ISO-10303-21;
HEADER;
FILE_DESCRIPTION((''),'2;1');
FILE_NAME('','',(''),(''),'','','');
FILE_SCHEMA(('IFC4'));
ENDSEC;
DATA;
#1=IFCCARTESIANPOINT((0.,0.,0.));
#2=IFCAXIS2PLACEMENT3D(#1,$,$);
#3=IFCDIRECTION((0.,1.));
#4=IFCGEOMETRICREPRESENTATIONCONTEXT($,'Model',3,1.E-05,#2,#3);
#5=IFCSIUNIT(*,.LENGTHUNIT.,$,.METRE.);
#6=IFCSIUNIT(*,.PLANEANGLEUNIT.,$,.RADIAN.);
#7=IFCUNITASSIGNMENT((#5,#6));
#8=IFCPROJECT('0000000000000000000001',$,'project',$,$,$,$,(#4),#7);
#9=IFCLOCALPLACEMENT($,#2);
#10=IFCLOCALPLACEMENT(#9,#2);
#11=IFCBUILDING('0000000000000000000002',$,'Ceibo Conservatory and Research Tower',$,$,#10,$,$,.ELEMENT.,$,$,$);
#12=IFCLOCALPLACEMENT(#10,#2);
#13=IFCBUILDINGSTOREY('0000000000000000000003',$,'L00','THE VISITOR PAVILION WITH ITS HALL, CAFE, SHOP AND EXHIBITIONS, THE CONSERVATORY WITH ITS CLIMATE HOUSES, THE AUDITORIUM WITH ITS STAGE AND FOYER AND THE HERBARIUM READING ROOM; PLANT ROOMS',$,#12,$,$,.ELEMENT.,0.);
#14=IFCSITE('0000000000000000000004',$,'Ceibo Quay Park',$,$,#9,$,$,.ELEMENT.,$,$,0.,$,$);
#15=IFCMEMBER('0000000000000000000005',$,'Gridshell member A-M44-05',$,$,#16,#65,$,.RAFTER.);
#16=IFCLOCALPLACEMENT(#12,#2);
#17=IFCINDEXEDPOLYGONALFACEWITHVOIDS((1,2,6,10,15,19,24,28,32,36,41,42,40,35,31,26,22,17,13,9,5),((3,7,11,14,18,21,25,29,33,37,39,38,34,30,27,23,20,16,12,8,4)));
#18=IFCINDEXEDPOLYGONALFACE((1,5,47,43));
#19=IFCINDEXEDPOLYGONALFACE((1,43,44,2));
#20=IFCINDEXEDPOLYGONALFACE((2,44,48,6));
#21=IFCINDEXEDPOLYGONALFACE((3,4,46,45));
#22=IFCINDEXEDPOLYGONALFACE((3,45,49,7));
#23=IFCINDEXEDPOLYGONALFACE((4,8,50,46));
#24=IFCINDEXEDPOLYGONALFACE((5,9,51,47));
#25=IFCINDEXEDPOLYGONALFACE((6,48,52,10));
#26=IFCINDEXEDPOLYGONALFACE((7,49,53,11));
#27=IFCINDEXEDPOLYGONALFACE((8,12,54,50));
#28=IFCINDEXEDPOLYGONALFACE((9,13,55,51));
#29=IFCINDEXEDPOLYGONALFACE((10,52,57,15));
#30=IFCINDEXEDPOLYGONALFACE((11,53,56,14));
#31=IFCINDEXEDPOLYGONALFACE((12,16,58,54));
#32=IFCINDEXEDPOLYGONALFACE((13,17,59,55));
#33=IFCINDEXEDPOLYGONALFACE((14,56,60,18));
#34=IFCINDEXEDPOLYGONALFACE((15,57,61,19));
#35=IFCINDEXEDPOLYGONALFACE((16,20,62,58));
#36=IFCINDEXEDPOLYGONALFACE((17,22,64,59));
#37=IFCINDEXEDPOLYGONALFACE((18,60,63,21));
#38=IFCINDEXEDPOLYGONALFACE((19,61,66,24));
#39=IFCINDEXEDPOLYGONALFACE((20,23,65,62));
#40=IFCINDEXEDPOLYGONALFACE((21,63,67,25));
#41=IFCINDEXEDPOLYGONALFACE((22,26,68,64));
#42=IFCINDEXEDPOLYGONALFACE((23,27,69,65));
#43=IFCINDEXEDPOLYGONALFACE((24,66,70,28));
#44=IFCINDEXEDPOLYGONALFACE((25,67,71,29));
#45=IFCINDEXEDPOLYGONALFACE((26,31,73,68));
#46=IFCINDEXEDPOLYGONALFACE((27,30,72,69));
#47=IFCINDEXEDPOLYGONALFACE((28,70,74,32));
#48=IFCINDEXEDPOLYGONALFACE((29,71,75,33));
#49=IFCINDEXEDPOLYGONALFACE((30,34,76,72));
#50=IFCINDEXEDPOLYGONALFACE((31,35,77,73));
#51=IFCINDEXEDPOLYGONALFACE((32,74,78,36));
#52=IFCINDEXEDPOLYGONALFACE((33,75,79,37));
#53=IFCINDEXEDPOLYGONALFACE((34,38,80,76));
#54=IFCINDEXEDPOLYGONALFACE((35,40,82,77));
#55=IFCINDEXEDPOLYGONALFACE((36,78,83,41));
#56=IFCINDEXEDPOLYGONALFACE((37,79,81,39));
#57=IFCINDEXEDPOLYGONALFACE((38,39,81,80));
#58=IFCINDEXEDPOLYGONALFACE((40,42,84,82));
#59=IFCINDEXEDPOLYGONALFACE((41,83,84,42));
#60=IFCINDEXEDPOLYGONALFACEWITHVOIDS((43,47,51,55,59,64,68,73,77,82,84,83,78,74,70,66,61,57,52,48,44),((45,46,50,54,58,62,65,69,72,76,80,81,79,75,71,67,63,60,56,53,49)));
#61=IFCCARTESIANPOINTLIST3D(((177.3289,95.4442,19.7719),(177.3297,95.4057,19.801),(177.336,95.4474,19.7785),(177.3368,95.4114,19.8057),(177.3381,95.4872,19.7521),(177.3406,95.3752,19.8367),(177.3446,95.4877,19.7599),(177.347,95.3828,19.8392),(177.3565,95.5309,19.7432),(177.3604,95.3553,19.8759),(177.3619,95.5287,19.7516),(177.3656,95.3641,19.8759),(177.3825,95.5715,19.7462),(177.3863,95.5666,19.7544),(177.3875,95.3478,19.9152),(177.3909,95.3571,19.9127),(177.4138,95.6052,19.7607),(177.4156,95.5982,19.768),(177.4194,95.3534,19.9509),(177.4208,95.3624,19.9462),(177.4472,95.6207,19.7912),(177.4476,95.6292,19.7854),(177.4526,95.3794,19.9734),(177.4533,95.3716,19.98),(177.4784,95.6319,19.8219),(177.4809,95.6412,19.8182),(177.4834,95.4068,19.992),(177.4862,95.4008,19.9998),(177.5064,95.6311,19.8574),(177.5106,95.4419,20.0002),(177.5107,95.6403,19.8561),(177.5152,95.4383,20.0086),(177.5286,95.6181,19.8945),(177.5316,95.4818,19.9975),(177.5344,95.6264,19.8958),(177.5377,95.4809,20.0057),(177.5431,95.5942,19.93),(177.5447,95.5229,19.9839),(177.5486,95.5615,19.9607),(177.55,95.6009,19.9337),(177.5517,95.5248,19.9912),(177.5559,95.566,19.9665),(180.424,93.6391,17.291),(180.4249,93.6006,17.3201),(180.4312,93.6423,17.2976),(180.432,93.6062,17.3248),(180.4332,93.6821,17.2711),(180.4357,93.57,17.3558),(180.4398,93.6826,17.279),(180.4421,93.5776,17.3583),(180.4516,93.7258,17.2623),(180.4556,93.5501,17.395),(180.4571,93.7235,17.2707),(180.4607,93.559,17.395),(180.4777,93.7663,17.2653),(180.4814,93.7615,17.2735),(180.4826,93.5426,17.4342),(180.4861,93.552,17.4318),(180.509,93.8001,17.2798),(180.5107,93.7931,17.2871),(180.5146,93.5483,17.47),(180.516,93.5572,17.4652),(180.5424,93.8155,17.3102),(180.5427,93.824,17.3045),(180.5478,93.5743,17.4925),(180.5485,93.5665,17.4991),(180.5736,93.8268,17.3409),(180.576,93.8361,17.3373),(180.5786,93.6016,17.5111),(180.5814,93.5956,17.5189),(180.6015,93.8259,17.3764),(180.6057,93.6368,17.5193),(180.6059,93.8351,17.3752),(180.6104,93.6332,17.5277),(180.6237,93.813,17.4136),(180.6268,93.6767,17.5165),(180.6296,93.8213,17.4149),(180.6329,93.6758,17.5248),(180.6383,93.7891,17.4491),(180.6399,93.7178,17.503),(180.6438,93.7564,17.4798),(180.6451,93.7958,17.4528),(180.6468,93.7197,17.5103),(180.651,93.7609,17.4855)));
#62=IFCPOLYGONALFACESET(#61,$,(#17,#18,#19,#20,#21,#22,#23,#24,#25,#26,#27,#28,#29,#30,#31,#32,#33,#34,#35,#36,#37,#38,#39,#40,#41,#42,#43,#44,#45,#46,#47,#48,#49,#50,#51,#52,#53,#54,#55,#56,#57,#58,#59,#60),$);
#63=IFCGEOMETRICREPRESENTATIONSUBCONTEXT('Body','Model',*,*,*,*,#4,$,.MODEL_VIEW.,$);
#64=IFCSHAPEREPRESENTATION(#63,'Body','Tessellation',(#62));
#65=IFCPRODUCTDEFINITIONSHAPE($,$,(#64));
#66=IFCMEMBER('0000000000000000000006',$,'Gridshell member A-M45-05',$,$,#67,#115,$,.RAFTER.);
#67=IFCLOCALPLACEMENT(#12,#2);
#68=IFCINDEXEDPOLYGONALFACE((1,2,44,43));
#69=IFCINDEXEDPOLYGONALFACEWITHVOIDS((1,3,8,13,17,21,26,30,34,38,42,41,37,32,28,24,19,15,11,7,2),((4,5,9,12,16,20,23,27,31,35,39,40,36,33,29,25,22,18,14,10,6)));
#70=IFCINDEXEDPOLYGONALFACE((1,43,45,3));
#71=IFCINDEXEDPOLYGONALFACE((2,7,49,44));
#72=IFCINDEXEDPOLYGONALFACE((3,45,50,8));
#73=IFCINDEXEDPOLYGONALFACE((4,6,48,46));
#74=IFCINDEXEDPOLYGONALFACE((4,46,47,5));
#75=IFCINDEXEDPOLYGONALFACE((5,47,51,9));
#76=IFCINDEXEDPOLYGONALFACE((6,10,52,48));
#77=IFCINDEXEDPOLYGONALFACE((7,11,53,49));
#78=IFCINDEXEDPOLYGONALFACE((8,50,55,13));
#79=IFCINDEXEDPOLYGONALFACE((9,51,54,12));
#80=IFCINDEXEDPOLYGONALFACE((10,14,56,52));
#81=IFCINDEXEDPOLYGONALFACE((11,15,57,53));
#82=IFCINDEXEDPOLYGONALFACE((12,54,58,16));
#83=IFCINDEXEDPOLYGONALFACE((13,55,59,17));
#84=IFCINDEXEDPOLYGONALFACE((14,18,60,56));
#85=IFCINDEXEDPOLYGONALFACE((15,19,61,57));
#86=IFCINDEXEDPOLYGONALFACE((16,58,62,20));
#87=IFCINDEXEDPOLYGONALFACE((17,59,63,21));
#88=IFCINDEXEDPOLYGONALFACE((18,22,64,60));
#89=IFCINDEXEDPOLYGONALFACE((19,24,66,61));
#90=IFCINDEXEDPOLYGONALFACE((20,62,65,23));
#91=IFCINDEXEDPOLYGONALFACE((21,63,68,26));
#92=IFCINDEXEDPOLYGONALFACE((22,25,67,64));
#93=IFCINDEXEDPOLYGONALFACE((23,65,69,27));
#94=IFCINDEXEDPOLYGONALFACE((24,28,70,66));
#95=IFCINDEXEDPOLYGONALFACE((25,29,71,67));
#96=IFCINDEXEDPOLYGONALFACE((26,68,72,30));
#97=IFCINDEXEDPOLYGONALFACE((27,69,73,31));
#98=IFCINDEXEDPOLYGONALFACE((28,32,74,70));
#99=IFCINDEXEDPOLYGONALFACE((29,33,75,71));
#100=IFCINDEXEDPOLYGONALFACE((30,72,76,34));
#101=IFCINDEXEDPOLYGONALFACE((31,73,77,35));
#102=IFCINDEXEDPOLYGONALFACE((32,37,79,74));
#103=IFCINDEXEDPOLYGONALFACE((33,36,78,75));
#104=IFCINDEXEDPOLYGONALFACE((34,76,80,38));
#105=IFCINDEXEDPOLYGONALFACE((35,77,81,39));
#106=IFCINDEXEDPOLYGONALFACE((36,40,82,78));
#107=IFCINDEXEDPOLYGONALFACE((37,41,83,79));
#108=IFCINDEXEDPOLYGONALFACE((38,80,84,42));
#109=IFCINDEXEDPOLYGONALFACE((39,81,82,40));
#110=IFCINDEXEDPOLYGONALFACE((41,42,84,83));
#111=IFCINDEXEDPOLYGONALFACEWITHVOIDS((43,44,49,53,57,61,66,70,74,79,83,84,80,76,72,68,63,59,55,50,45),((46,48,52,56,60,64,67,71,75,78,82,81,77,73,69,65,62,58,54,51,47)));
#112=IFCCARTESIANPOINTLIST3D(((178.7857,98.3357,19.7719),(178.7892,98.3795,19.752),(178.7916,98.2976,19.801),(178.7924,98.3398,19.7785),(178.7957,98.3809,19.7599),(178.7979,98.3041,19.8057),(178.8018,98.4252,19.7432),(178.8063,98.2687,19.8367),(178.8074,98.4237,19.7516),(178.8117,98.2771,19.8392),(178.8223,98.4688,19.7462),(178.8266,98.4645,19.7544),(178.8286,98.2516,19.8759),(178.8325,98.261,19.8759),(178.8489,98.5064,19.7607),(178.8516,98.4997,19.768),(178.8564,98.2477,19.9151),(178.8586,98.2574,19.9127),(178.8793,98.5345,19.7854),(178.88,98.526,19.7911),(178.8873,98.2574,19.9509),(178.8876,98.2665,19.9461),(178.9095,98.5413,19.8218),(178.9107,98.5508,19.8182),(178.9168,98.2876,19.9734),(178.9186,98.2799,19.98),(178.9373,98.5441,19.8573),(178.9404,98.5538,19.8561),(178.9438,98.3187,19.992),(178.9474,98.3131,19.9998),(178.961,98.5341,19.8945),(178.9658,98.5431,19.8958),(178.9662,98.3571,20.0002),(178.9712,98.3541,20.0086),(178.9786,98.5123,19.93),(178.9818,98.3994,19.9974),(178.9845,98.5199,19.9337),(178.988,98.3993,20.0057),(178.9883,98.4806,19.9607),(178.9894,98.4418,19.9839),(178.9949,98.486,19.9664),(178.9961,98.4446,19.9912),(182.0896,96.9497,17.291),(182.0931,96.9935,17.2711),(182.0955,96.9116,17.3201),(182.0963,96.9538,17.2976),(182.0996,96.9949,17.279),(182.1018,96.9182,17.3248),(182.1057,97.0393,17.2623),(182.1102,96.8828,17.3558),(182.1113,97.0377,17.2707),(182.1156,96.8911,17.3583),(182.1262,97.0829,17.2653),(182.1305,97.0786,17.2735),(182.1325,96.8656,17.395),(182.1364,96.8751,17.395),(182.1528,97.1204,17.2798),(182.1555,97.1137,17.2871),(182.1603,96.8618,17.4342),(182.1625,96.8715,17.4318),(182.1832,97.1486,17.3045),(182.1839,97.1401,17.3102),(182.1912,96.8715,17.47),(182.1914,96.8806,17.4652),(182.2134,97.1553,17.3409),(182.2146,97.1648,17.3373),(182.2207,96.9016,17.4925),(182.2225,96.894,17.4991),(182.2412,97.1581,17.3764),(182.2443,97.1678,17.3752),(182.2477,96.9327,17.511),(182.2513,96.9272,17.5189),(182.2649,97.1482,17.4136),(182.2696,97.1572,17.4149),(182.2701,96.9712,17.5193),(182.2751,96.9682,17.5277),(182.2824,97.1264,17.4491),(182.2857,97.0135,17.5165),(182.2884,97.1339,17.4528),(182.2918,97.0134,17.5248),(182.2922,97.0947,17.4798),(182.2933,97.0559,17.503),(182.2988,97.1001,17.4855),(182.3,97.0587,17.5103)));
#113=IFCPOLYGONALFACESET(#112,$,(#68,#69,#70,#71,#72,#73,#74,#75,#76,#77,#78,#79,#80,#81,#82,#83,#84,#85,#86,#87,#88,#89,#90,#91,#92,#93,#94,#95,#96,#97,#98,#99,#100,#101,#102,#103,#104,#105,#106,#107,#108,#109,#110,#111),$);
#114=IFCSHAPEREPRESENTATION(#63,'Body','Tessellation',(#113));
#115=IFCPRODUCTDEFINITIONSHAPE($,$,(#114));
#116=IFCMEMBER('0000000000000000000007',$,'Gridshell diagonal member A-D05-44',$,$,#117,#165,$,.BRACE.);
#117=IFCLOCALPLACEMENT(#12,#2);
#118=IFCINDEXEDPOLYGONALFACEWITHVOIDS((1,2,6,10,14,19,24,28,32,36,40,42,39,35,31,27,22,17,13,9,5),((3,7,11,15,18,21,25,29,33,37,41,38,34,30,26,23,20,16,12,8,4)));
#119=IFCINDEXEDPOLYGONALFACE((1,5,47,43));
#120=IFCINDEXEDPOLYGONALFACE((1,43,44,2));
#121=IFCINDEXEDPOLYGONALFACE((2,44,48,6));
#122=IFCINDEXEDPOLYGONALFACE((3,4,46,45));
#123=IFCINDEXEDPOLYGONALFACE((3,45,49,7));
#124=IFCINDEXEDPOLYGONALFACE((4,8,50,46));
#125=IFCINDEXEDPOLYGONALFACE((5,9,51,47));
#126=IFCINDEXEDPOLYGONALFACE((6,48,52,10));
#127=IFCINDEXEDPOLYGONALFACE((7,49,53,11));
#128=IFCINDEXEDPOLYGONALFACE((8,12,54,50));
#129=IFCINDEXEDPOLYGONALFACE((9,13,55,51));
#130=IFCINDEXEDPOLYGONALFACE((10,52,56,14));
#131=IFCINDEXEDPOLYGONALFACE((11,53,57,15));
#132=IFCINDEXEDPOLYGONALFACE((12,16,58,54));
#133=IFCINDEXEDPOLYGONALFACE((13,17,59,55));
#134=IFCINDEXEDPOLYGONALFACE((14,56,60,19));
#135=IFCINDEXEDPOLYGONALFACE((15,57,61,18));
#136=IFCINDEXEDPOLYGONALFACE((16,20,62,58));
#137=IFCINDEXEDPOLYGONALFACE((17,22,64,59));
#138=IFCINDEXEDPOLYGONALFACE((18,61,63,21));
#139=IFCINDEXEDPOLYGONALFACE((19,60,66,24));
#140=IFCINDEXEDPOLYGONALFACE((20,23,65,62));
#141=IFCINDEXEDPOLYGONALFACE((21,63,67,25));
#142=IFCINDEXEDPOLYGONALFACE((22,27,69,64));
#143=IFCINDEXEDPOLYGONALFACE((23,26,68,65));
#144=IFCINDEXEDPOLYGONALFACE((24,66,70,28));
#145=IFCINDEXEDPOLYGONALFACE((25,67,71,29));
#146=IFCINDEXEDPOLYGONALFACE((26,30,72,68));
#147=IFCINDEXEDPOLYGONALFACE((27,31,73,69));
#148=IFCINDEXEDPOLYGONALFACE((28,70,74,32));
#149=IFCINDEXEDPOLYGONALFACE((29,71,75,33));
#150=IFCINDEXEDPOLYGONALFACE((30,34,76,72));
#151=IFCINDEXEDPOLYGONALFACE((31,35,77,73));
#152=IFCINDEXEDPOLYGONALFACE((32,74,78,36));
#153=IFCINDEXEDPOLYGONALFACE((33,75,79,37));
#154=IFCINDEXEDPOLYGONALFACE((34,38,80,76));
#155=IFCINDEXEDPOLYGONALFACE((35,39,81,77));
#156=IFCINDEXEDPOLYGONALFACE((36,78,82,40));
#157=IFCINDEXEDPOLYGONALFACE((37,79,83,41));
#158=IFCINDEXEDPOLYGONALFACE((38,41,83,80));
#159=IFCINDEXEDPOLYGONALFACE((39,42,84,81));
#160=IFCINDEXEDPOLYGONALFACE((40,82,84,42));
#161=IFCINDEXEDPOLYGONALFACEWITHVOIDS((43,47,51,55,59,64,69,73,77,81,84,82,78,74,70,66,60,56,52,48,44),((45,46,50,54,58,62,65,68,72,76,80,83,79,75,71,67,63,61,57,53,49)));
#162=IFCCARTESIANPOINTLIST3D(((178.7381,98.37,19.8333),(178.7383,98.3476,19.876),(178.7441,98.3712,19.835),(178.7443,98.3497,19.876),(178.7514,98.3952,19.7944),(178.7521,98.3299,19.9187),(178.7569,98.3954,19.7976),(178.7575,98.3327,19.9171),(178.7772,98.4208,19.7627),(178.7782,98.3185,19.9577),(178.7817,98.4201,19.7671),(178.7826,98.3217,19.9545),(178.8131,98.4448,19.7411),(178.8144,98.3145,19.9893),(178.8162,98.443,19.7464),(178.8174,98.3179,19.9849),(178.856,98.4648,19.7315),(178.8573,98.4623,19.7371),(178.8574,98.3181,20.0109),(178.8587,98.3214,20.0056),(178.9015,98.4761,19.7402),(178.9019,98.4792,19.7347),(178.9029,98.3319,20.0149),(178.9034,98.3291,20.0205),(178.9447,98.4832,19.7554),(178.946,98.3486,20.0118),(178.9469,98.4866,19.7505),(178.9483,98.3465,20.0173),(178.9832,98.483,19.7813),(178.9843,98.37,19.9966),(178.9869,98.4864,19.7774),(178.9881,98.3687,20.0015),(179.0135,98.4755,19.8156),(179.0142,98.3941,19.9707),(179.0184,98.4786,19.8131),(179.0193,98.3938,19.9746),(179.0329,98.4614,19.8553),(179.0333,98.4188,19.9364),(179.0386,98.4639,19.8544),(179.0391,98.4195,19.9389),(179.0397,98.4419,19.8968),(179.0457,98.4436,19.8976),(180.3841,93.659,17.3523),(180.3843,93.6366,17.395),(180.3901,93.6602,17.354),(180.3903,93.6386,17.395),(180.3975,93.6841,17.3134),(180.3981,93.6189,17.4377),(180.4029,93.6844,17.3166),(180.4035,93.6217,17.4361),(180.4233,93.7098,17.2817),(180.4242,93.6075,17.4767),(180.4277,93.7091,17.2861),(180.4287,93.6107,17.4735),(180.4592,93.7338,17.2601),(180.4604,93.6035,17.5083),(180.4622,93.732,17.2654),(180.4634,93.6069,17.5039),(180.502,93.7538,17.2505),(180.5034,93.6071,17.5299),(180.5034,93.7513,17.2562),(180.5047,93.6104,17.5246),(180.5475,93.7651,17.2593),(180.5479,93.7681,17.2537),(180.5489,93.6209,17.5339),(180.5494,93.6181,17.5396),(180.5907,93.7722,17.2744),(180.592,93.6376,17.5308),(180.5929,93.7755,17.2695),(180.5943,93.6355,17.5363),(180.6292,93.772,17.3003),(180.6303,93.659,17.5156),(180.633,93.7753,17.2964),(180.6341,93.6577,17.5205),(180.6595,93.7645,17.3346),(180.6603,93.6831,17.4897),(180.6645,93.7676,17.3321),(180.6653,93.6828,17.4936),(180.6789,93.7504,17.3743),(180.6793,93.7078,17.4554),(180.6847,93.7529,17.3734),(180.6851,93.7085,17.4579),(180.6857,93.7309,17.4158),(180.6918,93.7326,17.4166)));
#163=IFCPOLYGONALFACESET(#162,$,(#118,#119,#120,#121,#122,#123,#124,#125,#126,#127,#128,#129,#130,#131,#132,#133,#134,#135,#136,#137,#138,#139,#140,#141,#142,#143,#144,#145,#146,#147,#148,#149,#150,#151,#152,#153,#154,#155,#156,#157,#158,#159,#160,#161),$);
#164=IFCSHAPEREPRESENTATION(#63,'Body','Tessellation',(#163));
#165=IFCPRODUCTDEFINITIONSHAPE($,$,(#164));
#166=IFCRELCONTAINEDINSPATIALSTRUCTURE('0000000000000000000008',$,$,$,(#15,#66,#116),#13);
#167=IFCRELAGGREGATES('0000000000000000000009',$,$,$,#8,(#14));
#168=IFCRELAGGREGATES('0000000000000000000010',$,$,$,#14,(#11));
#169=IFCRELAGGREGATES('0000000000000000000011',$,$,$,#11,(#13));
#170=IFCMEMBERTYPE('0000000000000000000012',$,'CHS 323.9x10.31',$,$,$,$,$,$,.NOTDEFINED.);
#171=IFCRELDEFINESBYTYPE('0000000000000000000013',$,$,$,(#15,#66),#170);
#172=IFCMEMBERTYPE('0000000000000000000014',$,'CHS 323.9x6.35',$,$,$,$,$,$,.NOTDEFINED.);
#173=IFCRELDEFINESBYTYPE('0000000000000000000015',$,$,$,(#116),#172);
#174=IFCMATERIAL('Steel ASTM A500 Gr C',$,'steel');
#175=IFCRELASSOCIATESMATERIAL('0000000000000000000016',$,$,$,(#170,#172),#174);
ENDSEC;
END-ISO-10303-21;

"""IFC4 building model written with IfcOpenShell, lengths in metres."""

from ifc_helpers import new_model, si_unit, direction, frame, origin, origin_2d, place, context, subcontext, project, spatial, hollow_circle, extrude, material, material_profile, profile_set, type_object, element, save


model = new_model("IFC4")

# Units and contexts
model_context = context("Model", 3, precision=1e-05, world=origin(), true_north=direction((0.0, 1.0)))
body_context = subcontext(model_context, "Body", "Model", "MODEL_VIEW")
ifc_project = project(units=[si_unit("LENGTHUNIT", "METRE"), si_unit("PLANEANGLEUNIT", "RADIAN")], contexts=[model_context])

# Site, building, storey
site_placement = place(None, origin())
site = spatial("IfcSite", under=ifc_project, at=site_placement, Name="Ceibo Quay Park", CompositionType="ELEMENT", RefElevation=0.0)
building_placement = place(site_placement, origin())
building = spatial("IfcBuilding", under=site, at=building_placement, Name="Ceibo Conservatory and Research Tower", CompositionType="ELEMENT")
storey_placement = place(building_placement, origin())
storey = spatial("IfcBuildingStorey", under=building, at=storey_placement, Name="L00", Description="THE VISITOR PAVILION WITH ITS HALL, CAFE, SHOP AND EXHIBITIONS, THE CONSERVATORY WITH ITS CLIMATE HOUSES, THE AUDITORIUM WITH ITS STAGE AND FOYER AND THE HERBARIUM READING ROOM; PLANT ROOMS", CompositionType="ELEMENT", Elevation=0.0)

# Members
ifc_material_1 = material(Name="Steel ASTM A500 Gr C", Category="steel")
ifc_material_profile_1 = material_profile(ifc_material_1, hollow_circle(Radius=0.1619, WallThickness=0.0103, at=origin_2d()), Name="CHS 323.9x10.31")
ifc_profile_set_1 = profile_set([ifc_material_profile_1], Name="Steel ASTM A500 Gr C")
member_type_1 = type_object("IfcMemberType", Name="CHS 323.9x10.31", PredefinedType="NOTDEFINED", material=ifc_profile_set_1)
member_1_placement = place(storey_placement, frame((180.5371, 93.6899, 17.395), z_axis=(-0.7102, 0.414199, 0.569258), x_axis=(-0.503795, -0.863823, 0.0)))
element("IfcMember", 1, at=member_1_placement, inside=storey, type_object=member_type_1, Name="Gridshell member A-M44-05", PredefinedType="RAFTER", context=body_context, shape_type="SweptSolid", body=[
    extrude(hollow_circle(Radius=0.1619, WallThickness=0.0103, at=origin_2d()), origin(), (0.0, 0.0, 1.0), 4.3582),
])
member_2_placement = place(storey_placement, frame((182.1951, 97.0149, 17.395), z_axis=(-0.758134, 0.318032, 0.569287), x_axis=(-0.386835, -0.922149, 0.0)))
element("IfcMember", 2, at=member_2_placement, inside=storey, type_object=member_type_1, Name="Gridshell member A-M45-05", PredefinedType="RAFTER", context=body_context, shape_type="SweptSolid", body=[
    extrude(hollow_circle(Radius=0.1619, WallThickness=0.0103, at=origin_2d()), origin(), (0.0, 0.0, 1.0), 4.3579),
])
ifc_material_profile_2 = material_profile(ifc_material_1, hollow_circle(Radius=0.1619, WallThickness=0.0063, at=origin_2d()), Name="CHS 323.9x6.35")
ifc_profile_set_2 = profile_set([ifc_material_profile_2], Name="Steel ASTM A500 Gr C")
member_type_2 = type_object("IfcMemberType", Name="CHS 323.9x6.35", PredefinedType="NOTDEFINED", material=ifc_profile_set_2)
member_3_placement = place(storey_placement, frame((180.5371, 93.6899, 17.395), z_axis=(-0.295356, 0.845327, 0.445181), x_axis=(-0.944035, -0.329845, 0.0)))
element("IfcMember", 3, at=member_3_placement, inside=storey, type_object=member_type_2, Name="Gridshell diagonal member A-D05-44", PredefinedType="BRACE", context=body_context, shape_type="SweptSolid", body=[
    extrude(hollow_circle(Radius=0.1619, WallThickness=0.0063, at=origin_2d()), origin(), (0.0, 0.0, 1.0), 5.573),
])

save(model, "model.ifc")
